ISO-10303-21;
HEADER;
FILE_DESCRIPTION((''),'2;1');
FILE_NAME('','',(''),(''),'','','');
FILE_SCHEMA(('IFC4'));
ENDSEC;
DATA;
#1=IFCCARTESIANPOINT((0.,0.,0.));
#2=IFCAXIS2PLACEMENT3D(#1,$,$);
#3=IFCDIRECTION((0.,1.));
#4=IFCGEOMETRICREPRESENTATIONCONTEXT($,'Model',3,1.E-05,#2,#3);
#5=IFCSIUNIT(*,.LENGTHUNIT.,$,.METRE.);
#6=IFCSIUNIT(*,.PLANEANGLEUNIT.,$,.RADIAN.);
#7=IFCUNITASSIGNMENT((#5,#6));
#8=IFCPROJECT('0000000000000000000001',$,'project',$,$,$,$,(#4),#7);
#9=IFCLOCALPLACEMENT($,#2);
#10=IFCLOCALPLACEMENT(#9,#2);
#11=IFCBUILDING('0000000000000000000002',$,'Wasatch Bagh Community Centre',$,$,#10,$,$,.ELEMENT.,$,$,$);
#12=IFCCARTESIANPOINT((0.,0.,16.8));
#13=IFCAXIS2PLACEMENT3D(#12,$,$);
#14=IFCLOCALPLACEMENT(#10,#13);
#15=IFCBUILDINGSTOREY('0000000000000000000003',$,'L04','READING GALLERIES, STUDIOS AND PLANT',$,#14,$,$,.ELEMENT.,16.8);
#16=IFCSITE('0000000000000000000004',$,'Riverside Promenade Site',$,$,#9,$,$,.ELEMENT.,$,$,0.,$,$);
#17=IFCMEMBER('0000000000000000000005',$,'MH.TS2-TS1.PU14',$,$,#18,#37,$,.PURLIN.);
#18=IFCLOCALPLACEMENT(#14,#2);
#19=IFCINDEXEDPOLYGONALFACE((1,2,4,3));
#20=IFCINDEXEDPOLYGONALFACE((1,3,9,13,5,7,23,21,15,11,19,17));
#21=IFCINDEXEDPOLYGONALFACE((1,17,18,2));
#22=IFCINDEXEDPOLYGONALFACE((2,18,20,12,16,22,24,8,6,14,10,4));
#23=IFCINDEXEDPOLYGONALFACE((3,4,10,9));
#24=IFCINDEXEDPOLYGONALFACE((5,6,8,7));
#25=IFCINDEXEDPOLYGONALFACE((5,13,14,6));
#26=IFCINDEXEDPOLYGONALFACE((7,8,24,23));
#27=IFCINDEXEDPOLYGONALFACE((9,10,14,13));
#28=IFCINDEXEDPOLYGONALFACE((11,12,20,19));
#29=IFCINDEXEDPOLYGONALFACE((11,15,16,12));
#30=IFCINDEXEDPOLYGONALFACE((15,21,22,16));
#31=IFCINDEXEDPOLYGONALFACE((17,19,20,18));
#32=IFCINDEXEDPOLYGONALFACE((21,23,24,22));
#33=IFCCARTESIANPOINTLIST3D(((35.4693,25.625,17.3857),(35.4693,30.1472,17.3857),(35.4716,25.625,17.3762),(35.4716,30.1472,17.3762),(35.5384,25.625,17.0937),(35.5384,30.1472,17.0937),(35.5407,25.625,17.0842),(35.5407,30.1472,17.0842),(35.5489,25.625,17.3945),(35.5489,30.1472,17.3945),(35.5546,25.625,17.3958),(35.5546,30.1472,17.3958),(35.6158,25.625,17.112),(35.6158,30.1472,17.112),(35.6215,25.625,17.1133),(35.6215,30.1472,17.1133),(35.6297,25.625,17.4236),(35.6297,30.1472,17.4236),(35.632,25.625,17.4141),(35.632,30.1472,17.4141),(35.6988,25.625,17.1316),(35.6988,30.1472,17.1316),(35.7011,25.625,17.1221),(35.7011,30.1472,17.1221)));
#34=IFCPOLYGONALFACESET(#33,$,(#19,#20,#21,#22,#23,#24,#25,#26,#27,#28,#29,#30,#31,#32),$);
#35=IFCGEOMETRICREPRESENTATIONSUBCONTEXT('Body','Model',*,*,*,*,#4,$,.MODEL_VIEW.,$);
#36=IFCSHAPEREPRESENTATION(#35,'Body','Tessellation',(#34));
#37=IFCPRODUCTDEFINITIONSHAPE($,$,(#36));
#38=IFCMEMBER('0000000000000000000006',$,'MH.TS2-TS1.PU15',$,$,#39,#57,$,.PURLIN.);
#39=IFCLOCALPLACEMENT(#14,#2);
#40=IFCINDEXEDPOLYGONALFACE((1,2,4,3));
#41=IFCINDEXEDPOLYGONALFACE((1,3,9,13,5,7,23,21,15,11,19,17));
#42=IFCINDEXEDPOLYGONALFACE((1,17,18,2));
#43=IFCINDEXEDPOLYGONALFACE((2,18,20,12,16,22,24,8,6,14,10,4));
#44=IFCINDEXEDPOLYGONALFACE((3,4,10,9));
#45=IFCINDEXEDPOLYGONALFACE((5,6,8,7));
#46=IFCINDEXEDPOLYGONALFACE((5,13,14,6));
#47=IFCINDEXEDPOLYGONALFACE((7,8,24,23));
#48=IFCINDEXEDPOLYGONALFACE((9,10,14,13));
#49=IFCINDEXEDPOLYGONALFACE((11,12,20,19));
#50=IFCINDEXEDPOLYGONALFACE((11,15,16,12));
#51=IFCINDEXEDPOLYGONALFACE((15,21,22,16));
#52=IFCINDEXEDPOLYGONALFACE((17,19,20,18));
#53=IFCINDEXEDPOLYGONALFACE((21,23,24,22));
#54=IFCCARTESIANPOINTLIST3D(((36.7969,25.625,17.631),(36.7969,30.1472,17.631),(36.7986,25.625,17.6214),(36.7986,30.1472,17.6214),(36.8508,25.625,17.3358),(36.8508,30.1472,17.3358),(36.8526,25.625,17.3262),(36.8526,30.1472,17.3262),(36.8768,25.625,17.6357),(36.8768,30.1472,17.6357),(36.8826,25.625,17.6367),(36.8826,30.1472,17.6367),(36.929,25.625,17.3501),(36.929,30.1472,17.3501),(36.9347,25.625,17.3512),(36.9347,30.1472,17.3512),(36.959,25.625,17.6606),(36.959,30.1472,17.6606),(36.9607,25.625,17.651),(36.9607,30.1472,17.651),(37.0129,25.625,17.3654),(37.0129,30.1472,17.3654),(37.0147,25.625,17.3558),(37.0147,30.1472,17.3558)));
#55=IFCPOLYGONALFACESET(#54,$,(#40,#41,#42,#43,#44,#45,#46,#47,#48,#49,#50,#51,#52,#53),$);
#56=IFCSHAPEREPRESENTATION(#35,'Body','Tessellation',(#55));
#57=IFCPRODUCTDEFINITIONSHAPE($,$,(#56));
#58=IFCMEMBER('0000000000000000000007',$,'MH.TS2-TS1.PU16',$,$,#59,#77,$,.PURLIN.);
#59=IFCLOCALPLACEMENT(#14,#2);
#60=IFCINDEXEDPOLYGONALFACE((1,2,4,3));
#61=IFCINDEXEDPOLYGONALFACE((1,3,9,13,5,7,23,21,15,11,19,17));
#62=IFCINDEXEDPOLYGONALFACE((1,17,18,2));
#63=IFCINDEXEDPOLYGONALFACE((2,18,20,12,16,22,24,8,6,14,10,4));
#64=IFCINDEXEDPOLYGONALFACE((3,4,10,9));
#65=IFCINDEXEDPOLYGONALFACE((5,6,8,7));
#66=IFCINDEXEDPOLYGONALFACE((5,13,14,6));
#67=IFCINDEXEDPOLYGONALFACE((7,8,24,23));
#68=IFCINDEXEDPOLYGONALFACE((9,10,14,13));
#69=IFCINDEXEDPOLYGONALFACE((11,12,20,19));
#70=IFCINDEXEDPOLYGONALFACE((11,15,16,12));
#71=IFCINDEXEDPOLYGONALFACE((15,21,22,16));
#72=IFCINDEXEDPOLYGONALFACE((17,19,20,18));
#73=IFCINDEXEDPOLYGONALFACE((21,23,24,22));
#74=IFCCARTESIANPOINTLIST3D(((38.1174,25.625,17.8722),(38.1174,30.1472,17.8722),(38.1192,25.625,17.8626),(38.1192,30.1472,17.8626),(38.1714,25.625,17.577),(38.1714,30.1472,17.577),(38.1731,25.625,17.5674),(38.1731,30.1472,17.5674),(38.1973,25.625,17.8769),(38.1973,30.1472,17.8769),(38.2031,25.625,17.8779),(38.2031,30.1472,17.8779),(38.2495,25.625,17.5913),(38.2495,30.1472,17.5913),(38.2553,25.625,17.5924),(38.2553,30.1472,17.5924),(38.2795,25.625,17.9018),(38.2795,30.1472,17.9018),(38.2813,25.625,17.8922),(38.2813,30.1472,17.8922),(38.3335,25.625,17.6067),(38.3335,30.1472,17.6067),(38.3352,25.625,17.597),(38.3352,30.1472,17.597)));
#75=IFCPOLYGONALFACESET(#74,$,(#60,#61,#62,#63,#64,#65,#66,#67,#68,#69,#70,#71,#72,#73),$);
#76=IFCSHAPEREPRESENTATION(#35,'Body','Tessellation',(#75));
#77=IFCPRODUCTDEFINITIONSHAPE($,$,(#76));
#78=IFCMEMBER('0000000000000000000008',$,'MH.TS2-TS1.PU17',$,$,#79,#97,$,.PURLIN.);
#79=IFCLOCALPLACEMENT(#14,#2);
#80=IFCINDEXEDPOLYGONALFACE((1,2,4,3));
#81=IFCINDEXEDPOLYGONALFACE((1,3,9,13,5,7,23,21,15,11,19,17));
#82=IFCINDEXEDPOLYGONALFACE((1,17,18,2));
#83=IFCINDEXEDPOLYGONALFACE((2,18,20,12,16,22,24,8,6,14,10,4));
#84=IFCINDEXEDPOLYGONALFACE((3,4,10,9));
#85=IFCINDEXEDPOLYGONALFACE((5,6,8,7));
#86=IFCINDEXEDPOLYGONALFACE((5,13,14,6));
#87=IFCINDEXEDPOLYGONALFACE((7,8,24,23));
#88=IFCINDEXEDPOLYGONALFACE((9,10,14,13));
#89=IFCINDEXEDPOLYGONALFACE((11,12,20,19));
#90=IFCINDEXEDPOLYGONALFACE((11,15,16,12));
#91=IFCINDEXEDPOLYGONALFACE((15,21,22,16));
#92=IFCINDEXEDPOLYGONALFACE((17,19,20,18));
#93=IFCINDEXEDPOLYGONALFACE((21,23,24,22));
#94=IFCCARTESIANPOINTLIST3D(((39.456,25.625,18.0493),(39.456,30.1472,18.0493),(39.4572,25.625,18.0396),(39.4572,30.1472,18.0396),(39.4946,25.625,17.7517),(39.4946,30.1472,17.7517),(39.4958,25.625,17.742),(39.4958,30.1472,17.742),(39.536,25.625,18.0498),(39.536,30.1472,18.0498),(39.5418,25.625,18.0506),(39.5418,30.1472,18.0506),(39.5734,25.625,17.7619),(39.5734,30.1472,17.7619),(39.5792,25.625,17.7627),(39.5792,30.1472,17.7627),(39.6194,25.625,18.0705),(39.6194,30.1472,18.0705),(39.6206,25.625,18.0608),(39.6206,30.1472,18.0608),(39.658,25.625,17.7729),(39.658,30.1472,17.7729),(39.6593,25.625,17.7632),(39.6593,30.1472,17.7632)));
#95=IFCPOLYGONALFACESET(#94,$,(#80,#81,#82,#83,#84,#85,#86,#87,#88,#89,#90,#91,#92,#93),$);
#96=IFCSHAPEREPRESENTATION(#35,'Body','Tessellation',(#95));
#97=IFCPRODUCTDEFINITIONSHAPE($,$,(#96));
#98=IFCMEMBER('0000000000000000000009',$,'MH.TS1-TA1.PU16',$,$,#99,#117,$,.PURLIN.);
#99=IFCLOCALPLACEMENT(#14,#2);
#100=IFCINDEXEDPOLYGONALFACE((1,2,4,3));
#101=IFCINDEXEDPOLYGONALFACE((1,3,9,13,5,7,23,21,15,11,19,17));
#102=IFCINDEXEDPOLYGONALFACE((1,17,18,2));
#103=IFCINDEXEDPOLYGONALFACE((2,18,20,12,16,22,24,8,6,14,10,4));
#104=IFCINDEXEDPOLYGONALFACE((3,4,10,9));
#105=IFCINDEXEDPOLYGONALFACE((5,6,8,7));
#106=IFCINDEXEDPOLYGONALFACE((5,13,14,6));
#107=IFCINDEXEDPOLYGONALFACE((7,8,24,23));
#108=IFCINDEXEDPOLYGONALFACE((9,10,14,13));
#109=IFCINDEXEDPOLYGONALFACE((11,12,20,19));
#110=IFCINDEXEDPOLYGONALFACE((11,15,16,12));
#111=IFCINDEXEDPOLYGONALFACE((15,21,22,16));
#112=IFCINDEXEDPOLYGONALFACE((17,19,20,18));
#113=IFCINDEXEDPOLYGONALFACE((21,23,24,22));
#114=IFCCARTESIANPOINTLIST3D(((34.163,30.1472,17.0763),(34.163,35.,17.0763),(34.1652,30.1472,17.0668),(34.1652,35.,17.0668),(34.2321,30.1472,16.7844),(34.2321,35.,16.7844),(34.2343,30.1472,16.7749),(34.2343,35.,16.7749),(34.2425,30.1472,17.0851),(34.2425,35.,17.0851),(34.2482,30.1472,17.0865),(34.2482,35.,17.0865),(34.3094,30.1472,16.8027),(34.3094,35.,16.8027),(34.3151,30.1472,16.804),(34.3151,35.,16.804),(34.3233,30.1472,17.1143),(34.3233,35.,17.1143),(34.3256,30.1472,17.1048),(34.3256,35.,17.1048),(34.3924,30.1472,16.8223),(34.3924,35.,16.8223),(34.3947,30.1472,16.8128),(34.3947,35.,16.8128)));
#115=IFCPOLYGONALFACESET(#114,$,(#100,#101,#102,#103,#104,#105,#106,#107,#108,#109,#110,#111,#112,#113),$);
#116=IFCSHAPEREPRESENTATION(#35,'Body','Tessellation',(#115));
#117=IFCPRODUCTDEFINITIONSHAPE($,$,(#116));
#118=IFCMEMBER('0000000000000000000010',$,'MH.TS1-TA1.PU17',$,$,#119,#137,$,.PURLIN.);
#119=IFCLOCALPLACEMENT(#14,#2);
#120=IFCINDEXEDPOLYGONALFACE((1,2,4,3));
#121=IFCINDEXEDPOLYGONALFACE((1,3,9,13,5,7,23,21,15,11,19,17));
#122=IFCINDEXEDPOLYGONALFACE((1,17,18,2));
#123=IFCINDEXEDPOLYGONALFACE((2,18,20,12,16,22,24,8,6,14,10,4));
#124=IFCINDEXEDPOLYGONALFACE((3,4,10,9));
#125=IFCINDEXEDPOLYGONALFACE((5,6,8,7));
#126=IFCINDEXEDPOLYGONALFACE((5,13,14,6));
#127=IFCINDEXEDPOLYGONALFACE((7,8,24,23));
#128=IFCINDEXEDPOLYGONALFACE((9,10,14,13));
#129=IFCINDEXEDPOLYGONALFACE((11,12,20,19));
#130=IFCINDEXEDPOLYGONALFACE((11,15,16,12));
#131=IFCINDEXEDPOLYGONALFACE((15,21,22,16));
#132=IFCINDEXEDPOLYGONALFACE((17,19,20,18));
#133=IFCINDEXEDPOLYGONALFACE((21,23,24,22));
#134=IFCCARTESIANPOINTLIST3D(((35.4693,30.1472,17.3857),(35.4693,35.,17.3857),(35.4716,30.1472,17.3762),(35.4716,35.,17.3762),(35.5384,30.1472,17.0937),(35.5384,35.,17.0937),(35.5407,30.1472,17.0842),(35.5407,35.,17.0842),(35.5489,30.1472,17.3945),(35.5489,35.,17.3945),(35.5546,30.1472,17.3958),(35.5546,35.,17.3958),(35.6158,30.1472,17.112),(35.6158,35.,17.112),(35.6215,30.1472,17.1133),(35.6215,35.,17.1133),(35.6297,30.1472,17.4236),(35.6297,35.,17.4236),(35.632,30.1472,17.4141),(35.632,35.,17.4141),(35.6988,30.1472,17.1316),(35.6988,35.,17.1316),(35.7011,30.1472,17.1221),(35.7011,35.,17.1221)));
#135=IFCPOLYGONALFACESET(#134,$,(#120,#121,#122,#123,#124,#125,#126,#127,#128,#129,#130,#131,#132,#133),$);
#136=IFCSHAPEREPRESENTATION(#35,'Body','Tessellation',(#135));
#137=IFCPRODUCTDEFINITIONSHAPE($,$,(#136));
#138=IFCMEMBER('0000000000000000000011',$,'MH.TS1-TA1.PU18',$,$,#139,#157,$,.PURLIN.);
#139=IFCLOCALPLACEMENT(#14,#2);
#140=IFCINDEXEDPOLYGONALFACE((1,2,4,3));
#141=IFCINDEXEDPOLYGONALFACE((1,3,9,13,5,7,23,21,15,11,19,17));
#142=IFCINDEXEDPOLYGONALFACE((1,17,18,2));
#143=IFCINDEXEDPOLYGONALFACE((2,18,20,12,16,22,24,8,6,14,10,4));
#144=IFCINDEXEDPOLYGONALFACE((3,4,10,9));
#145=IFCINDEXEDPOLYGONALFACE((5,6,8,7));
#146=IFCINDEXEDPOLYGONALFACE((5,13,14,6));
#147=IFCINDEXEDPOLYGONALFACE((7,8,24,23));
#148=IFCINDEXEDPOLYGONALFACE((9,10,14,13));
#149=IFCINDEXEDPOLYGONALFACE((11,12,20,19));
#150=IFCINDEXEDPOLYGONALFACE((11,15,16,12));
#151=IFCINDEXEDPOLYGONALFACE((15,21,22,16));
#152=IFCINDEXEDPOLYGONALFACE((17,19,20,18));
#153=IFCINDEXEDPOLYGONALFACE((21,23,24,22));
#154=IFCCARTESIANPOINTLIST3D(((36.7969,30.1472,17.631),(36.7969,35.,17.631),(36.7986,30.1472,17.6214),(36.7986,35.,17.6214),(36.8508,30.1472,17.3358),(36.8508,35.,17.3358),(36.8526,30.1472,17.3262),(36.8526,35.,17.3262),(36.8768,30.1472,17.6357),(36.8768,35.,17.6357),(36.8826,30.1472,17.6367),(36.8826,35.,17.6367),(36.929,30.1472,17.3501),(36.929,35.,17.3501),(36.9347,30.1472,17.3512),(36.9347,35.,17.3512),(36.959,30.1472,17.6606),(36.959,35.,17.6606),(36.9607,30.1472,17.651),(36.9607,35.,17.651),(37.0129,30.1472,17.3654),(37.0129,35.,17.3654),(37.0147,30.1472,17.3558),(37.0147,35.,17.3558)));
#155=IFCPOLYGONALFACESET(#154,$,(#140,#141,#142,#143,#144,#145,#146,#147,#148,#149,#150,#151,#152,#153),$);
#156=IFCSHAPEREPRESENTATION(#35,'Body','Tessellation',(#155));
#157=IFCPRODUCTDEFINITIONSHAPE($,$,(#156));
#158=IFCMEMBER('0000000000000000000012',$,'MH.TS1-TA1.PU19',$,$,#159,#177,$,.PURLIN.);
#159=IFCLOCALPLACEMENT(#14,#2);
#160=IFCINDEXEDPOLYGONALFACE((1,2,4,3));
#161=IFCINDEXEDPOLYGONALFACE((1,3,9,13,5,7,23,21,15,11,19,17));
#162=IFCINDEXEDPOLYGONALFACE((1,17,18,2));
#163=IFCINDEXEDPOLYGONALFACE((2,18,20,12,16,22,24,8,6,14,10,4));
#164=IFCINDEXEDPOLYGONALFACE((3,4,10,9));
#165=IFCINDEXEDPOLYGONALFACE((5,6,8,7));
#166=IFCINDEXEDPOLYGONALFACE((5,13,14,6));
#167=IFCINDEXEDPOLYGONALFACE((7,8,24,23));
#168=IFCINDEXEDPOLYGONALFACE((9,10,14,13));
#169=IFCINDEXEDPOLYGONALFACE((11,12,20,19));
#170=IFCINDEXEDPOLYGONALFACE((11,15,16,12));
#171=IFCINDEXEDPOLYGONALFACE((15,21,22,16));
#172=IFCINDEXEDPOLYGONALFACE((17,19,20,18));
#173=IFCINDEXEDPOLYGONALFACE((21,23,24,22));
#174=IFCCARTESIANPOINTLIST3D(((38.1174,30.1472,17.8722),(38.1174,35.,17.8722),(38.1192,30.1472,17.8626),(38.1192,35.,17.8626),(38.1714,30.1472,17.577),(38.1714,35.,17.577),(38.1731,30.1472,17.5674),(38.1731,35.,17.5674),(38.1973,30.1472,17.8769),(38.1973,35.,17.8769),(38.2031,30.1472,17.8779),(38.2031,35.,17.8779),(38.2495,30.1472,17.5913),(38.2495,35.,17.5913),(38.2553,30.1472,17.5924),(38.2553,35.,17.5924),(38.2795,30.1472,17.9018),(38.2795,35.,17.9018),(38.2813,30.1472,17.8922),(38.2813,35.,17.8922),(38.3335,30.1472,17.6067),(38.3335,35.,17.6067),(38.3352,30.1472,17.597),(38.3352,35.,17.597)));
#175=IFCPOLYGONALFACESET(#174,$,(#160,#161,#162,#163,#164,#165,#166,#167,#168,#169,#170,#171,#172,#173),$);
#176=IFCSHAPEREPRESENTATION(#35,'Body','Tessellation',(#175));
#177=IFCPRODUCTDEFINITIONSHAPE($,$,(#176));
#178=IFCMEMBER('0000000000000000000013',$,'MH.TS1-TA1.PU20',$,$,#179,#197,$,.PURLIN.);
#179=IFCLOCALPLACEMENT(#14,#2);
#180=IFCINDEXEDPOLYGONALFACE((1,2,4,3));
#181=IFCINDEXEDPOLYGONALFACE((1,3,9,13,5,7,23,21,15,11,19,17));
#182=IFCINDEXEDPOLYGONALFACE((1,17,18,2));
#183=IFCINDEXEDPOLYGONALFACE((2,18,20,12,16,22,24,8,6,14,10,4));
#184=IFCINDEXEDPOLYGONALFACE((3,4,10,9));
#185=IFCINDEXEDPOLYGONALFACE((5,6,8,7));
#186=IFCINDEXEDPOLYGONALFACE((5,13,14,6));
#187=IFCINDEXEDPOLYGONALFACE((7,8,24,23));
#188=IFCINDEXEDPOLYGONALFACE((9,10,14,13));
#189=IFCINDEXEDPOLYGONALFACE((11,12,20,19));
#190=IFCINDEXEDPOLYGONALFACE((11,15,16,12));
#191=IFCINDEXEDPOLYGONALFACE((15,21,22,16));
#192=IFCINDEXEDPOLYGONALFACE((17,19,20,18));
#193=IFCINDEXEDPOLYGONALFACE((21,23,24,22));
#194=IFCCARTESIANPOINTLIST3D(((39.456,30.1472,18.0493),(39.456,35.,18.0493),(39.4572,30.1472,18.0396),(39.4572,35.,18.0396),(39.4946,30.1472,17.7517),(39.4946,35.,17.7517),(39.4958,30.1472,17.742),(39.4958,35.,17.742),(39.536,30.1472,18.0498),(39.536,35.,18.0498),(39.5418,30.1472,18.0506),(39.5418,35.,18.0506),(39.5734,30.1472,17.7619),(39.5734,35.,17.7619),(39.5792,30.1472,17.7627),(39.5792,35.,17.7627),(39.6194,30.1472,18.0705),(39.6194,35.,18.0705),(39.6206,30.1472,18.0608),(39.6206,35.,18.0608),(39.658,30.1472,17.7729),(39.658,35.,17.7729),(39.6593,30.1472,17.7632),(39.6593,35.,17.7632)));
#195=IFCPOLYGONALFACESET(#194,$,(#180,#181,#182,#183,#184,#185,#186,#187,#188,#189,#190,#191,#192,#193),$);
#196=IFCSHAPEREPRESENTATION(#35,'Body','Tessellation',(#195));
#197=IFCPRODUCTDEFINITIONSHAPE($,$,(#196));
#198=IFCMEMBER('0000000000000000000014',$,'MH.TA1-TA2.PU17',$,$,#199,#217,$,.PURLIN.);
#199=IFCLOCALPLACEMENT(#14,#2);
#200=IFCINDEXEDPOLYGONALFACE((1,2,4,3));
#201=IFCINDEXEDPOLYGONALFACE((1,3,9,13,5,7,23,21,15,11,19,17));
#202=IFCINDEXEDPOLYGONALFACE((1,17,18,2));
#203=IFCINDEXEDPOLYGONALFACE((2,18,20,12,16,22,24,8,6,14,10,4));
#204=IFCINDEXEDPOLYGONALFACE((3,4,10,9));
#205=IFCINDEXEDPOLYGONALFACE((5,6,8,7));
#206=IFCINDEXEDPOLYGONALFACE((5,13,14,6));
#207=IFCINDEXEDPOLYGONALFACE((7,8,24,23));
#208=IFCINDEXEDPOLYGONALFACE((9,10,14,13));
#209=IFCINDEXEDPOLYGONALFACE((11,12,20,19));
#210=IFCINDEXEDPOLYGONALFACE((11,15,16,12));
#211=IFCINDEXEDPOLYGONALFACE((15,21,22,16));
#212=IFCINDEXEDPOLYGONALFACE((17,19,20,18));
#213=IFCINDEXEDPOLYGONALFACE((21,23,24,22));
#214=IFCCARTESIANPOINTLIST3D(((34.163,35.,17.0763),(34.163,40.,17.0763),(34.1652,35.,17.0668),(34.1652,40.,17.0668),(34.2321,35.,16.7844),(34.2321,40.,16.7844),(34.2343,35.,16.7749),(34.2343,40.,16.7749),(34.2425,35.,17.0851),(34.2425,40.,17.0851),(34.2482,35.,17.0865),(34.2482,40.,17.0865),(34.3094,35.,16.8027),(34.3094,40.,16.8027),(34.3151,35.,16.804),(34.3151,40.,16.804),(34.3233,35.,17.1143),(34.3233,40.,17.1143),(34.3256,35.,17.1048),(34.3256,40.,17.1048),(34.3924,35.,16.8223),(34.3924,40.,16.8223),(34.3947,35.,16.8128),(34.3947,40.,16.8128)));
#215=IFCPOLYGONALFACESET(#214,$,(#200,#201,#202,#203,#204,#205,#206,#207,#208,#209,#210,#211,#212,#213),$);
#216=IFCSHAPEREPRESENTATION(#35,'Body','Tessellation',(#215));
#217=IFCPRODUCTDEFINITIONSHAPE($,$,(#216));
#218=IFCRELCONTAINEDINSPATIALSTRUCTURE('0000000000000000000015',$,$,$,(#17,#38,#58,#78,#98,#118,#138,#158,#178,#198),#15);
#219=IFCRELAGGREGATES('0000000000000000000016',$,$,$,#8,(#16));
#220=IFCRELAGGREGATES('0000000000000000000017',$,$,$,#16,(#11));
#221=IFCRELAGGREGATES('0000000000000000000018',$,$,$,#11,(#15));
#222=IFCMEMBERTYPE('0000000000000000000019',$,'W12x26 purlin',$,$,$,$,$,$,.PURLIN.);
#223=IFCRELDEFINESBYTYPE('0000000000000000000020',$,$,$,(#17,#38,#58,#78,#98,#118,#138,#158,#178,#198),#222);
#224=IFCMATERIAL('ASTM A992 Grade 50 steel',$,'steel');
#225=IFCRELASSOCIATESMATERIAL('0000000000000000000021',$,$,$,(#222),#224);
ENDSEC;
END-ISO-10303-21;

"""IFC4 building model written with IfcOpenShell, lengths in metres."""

from ifc_helpers import new_model, si_unit, direction, frame, origin, origin_2d, place, context, subcontext, project, spatial, i_section, extrude, material, material_profile, profile_set, type_object, element, save


model = new_model("IFC4")

# Units and contexts
model_context = context("Model", 3, precision=1e-05, world=origin(), true_north=direction((0.0, 1.0)))
body_context = subcontext(model_context, "Body", "Model", "MODEL_VIEW")
ifc_project = project(units=[si_unit("LENGTHUNIT", "METRE"), si_unit("PLANEANGLEUNIT", "RADIAN")], contexts=[model_context])

# Site, building, storey
site_placement = place(None, origin())
site = spatial("IfcSite", under=ifc_project, at=site_placement, Name="Riverside Promenade Site", CompositionType="ELEMENT", RefElevation=0.0)
building_placement = place(site_placement, origin())
building = spatial("IfcBuilding", under=site, at=building_placement, Name="Wasatch Bagh Community Centre", CompositionType="ELEMENT")
storey_placement = place(building_placement, frame((0.0, 0.0, 16.8)))
storey = spatial("IfcBuildingStorey", under=building, at=storey_placement, Name="L04", Description="READING GALLERIES, STUDIOS AND PLANT", CompositionType="ELEMENT", Elevation=16.8)

# Members
ifc_material_1 = material(Name="ASTM A992 Grade 50 steel", Category="steel")
ifc_material_profile_1 = material_profile(ifc_material_1, i_section(OverallWidth=0.1648, OverallDepth=0.3098, WebThickness=0.0059, FlangeThickness=0.0098, at=origin_2d()), Name="W12x26")
ifc_profile_set_1 = profile_set([ifc_material_profile_1], Name="ASTM A992 Grade 50 steel")
member_type_1 = type_object("IfcMemberType", Name="W12x26 purlin", PredefinedType="PURLIN", material=ifc_profile_set_1)
for number, where, z_axis, x_axis, name in (
    (1, (35.5852, 25.625, 17.2539), (0.0, 1.0, 0.0), (-0.973122, 0.0, -0.230292), "MH.TS2-TS1.PU14"),
    (2, (36.9058, 25.625, 17.4934), (0.0, 1.0, 0.0), (-0.983711, 0.0, -0.179756), "MH.TS2-TS1.PU15"),
    (3, (38.2263, 25.625, 17.7346), (0.0, 1.0, 0.0), (-0.983711, 0.0, -0.179756), "MH.TS2-TS1.PU16"),
    (4, (39.5576, 25.625, 17.9062), (0.0, 1.0, 0.0), (-0.991678, 0.0, -0.12874), "MH.TS2-TS1.PU17"),
):
    element("IfcMember", number, at=place(storey_placement, frame(where, z_axis=z_axis, x_axis=x_axis)), inside=storey, type_object=member_type_1, Name=name, PredefinedType="PURLIN", context=body_context, shape_type="SweptSolid", body=[
        extrude(i_section(OverallWidth=0.1648, OverallDepth=0.3098, WebThickness=0.0059, FlangeThickness=0.0098, at=origin_2d()), origin(), (0.0, 0.0, 1.0), 4.5222),
    ])
for number, where, z_axis, x_axis, name in (
    (5, (34.2788, 30.1472, 16.9446), (0.0, 1.0, 0.0), (-0.973122, 0.0, -0.230292), "MH.TS1-TA1.PU16"),
    (6, (35.5852, 30.1472, 17.2539), (0.0, 1.0, 0.0), (-0.973122, 0.0, -0.230292), "MH.TS1-TA1.PU17"),
    (7, (36.9058, 30.1472, 17.4934), (0.0, 1.0, 0.0), (-0.983711, 0.0, -0.179756), "MH.TS1-TA1.PU18"),
    (8, (38.2263, 30.1472, 17.7346), (0.0, 1.0, 0.0), (-0.983711, 0.0, -0.179756), "MH.TS1-TA1.PU19"),
    (9, (39.5576, 30.1472, 17.9062), (0.0, 1.0, 0.0), (-0.991678, 0.0, -0.12874), "MH.TS1-TA1.PU20"),
):
    element("IfcMember", number, at=place(storey_placement, frame(where, z_axis=z_axis, x_axis=x_axis)), inside=storey, type_object=member_type_1, Name=name, PredefinedType="PURLIN", context=body_context, shape_type="SweptSolid", body=[
        extrude(i_section(OverallWidth=0.1648, OverallDepth=0.3098, WebThickness=0.0059, FlangeThickness=0.0098, at=origin_2d()), origin(), (0.0, 0.0, 1.0), 4.8528),
    ])
for number, where, z_axis, x_axis, name in (
    (10, (34.2788, 35.0, 16.9446), (0.0, 1.0, 0.0), (-0.973122, 0.0, -0.230292), "MH.TA1-TA2.PU17"),
):
    element("IfcMember", number, at=place(storey_placement, frame(where, z_axis=z_axis, x_axis=x_axis)), inside=storey, type_object=member_type_1, Name=name, PredefinedType="PURLIN", context=body_context, shape_type="SweptSolid", body=[
        extrude(i_section(OverallWidth=0.1648, OverallDepth=0.3098, WebThickness=0.0059, FlangeThickness=0.0098, at=origin_2d()), origin(), (0.0, 0.0, 1.0), 5.0),
    ])

save(model, "model.ifc")
